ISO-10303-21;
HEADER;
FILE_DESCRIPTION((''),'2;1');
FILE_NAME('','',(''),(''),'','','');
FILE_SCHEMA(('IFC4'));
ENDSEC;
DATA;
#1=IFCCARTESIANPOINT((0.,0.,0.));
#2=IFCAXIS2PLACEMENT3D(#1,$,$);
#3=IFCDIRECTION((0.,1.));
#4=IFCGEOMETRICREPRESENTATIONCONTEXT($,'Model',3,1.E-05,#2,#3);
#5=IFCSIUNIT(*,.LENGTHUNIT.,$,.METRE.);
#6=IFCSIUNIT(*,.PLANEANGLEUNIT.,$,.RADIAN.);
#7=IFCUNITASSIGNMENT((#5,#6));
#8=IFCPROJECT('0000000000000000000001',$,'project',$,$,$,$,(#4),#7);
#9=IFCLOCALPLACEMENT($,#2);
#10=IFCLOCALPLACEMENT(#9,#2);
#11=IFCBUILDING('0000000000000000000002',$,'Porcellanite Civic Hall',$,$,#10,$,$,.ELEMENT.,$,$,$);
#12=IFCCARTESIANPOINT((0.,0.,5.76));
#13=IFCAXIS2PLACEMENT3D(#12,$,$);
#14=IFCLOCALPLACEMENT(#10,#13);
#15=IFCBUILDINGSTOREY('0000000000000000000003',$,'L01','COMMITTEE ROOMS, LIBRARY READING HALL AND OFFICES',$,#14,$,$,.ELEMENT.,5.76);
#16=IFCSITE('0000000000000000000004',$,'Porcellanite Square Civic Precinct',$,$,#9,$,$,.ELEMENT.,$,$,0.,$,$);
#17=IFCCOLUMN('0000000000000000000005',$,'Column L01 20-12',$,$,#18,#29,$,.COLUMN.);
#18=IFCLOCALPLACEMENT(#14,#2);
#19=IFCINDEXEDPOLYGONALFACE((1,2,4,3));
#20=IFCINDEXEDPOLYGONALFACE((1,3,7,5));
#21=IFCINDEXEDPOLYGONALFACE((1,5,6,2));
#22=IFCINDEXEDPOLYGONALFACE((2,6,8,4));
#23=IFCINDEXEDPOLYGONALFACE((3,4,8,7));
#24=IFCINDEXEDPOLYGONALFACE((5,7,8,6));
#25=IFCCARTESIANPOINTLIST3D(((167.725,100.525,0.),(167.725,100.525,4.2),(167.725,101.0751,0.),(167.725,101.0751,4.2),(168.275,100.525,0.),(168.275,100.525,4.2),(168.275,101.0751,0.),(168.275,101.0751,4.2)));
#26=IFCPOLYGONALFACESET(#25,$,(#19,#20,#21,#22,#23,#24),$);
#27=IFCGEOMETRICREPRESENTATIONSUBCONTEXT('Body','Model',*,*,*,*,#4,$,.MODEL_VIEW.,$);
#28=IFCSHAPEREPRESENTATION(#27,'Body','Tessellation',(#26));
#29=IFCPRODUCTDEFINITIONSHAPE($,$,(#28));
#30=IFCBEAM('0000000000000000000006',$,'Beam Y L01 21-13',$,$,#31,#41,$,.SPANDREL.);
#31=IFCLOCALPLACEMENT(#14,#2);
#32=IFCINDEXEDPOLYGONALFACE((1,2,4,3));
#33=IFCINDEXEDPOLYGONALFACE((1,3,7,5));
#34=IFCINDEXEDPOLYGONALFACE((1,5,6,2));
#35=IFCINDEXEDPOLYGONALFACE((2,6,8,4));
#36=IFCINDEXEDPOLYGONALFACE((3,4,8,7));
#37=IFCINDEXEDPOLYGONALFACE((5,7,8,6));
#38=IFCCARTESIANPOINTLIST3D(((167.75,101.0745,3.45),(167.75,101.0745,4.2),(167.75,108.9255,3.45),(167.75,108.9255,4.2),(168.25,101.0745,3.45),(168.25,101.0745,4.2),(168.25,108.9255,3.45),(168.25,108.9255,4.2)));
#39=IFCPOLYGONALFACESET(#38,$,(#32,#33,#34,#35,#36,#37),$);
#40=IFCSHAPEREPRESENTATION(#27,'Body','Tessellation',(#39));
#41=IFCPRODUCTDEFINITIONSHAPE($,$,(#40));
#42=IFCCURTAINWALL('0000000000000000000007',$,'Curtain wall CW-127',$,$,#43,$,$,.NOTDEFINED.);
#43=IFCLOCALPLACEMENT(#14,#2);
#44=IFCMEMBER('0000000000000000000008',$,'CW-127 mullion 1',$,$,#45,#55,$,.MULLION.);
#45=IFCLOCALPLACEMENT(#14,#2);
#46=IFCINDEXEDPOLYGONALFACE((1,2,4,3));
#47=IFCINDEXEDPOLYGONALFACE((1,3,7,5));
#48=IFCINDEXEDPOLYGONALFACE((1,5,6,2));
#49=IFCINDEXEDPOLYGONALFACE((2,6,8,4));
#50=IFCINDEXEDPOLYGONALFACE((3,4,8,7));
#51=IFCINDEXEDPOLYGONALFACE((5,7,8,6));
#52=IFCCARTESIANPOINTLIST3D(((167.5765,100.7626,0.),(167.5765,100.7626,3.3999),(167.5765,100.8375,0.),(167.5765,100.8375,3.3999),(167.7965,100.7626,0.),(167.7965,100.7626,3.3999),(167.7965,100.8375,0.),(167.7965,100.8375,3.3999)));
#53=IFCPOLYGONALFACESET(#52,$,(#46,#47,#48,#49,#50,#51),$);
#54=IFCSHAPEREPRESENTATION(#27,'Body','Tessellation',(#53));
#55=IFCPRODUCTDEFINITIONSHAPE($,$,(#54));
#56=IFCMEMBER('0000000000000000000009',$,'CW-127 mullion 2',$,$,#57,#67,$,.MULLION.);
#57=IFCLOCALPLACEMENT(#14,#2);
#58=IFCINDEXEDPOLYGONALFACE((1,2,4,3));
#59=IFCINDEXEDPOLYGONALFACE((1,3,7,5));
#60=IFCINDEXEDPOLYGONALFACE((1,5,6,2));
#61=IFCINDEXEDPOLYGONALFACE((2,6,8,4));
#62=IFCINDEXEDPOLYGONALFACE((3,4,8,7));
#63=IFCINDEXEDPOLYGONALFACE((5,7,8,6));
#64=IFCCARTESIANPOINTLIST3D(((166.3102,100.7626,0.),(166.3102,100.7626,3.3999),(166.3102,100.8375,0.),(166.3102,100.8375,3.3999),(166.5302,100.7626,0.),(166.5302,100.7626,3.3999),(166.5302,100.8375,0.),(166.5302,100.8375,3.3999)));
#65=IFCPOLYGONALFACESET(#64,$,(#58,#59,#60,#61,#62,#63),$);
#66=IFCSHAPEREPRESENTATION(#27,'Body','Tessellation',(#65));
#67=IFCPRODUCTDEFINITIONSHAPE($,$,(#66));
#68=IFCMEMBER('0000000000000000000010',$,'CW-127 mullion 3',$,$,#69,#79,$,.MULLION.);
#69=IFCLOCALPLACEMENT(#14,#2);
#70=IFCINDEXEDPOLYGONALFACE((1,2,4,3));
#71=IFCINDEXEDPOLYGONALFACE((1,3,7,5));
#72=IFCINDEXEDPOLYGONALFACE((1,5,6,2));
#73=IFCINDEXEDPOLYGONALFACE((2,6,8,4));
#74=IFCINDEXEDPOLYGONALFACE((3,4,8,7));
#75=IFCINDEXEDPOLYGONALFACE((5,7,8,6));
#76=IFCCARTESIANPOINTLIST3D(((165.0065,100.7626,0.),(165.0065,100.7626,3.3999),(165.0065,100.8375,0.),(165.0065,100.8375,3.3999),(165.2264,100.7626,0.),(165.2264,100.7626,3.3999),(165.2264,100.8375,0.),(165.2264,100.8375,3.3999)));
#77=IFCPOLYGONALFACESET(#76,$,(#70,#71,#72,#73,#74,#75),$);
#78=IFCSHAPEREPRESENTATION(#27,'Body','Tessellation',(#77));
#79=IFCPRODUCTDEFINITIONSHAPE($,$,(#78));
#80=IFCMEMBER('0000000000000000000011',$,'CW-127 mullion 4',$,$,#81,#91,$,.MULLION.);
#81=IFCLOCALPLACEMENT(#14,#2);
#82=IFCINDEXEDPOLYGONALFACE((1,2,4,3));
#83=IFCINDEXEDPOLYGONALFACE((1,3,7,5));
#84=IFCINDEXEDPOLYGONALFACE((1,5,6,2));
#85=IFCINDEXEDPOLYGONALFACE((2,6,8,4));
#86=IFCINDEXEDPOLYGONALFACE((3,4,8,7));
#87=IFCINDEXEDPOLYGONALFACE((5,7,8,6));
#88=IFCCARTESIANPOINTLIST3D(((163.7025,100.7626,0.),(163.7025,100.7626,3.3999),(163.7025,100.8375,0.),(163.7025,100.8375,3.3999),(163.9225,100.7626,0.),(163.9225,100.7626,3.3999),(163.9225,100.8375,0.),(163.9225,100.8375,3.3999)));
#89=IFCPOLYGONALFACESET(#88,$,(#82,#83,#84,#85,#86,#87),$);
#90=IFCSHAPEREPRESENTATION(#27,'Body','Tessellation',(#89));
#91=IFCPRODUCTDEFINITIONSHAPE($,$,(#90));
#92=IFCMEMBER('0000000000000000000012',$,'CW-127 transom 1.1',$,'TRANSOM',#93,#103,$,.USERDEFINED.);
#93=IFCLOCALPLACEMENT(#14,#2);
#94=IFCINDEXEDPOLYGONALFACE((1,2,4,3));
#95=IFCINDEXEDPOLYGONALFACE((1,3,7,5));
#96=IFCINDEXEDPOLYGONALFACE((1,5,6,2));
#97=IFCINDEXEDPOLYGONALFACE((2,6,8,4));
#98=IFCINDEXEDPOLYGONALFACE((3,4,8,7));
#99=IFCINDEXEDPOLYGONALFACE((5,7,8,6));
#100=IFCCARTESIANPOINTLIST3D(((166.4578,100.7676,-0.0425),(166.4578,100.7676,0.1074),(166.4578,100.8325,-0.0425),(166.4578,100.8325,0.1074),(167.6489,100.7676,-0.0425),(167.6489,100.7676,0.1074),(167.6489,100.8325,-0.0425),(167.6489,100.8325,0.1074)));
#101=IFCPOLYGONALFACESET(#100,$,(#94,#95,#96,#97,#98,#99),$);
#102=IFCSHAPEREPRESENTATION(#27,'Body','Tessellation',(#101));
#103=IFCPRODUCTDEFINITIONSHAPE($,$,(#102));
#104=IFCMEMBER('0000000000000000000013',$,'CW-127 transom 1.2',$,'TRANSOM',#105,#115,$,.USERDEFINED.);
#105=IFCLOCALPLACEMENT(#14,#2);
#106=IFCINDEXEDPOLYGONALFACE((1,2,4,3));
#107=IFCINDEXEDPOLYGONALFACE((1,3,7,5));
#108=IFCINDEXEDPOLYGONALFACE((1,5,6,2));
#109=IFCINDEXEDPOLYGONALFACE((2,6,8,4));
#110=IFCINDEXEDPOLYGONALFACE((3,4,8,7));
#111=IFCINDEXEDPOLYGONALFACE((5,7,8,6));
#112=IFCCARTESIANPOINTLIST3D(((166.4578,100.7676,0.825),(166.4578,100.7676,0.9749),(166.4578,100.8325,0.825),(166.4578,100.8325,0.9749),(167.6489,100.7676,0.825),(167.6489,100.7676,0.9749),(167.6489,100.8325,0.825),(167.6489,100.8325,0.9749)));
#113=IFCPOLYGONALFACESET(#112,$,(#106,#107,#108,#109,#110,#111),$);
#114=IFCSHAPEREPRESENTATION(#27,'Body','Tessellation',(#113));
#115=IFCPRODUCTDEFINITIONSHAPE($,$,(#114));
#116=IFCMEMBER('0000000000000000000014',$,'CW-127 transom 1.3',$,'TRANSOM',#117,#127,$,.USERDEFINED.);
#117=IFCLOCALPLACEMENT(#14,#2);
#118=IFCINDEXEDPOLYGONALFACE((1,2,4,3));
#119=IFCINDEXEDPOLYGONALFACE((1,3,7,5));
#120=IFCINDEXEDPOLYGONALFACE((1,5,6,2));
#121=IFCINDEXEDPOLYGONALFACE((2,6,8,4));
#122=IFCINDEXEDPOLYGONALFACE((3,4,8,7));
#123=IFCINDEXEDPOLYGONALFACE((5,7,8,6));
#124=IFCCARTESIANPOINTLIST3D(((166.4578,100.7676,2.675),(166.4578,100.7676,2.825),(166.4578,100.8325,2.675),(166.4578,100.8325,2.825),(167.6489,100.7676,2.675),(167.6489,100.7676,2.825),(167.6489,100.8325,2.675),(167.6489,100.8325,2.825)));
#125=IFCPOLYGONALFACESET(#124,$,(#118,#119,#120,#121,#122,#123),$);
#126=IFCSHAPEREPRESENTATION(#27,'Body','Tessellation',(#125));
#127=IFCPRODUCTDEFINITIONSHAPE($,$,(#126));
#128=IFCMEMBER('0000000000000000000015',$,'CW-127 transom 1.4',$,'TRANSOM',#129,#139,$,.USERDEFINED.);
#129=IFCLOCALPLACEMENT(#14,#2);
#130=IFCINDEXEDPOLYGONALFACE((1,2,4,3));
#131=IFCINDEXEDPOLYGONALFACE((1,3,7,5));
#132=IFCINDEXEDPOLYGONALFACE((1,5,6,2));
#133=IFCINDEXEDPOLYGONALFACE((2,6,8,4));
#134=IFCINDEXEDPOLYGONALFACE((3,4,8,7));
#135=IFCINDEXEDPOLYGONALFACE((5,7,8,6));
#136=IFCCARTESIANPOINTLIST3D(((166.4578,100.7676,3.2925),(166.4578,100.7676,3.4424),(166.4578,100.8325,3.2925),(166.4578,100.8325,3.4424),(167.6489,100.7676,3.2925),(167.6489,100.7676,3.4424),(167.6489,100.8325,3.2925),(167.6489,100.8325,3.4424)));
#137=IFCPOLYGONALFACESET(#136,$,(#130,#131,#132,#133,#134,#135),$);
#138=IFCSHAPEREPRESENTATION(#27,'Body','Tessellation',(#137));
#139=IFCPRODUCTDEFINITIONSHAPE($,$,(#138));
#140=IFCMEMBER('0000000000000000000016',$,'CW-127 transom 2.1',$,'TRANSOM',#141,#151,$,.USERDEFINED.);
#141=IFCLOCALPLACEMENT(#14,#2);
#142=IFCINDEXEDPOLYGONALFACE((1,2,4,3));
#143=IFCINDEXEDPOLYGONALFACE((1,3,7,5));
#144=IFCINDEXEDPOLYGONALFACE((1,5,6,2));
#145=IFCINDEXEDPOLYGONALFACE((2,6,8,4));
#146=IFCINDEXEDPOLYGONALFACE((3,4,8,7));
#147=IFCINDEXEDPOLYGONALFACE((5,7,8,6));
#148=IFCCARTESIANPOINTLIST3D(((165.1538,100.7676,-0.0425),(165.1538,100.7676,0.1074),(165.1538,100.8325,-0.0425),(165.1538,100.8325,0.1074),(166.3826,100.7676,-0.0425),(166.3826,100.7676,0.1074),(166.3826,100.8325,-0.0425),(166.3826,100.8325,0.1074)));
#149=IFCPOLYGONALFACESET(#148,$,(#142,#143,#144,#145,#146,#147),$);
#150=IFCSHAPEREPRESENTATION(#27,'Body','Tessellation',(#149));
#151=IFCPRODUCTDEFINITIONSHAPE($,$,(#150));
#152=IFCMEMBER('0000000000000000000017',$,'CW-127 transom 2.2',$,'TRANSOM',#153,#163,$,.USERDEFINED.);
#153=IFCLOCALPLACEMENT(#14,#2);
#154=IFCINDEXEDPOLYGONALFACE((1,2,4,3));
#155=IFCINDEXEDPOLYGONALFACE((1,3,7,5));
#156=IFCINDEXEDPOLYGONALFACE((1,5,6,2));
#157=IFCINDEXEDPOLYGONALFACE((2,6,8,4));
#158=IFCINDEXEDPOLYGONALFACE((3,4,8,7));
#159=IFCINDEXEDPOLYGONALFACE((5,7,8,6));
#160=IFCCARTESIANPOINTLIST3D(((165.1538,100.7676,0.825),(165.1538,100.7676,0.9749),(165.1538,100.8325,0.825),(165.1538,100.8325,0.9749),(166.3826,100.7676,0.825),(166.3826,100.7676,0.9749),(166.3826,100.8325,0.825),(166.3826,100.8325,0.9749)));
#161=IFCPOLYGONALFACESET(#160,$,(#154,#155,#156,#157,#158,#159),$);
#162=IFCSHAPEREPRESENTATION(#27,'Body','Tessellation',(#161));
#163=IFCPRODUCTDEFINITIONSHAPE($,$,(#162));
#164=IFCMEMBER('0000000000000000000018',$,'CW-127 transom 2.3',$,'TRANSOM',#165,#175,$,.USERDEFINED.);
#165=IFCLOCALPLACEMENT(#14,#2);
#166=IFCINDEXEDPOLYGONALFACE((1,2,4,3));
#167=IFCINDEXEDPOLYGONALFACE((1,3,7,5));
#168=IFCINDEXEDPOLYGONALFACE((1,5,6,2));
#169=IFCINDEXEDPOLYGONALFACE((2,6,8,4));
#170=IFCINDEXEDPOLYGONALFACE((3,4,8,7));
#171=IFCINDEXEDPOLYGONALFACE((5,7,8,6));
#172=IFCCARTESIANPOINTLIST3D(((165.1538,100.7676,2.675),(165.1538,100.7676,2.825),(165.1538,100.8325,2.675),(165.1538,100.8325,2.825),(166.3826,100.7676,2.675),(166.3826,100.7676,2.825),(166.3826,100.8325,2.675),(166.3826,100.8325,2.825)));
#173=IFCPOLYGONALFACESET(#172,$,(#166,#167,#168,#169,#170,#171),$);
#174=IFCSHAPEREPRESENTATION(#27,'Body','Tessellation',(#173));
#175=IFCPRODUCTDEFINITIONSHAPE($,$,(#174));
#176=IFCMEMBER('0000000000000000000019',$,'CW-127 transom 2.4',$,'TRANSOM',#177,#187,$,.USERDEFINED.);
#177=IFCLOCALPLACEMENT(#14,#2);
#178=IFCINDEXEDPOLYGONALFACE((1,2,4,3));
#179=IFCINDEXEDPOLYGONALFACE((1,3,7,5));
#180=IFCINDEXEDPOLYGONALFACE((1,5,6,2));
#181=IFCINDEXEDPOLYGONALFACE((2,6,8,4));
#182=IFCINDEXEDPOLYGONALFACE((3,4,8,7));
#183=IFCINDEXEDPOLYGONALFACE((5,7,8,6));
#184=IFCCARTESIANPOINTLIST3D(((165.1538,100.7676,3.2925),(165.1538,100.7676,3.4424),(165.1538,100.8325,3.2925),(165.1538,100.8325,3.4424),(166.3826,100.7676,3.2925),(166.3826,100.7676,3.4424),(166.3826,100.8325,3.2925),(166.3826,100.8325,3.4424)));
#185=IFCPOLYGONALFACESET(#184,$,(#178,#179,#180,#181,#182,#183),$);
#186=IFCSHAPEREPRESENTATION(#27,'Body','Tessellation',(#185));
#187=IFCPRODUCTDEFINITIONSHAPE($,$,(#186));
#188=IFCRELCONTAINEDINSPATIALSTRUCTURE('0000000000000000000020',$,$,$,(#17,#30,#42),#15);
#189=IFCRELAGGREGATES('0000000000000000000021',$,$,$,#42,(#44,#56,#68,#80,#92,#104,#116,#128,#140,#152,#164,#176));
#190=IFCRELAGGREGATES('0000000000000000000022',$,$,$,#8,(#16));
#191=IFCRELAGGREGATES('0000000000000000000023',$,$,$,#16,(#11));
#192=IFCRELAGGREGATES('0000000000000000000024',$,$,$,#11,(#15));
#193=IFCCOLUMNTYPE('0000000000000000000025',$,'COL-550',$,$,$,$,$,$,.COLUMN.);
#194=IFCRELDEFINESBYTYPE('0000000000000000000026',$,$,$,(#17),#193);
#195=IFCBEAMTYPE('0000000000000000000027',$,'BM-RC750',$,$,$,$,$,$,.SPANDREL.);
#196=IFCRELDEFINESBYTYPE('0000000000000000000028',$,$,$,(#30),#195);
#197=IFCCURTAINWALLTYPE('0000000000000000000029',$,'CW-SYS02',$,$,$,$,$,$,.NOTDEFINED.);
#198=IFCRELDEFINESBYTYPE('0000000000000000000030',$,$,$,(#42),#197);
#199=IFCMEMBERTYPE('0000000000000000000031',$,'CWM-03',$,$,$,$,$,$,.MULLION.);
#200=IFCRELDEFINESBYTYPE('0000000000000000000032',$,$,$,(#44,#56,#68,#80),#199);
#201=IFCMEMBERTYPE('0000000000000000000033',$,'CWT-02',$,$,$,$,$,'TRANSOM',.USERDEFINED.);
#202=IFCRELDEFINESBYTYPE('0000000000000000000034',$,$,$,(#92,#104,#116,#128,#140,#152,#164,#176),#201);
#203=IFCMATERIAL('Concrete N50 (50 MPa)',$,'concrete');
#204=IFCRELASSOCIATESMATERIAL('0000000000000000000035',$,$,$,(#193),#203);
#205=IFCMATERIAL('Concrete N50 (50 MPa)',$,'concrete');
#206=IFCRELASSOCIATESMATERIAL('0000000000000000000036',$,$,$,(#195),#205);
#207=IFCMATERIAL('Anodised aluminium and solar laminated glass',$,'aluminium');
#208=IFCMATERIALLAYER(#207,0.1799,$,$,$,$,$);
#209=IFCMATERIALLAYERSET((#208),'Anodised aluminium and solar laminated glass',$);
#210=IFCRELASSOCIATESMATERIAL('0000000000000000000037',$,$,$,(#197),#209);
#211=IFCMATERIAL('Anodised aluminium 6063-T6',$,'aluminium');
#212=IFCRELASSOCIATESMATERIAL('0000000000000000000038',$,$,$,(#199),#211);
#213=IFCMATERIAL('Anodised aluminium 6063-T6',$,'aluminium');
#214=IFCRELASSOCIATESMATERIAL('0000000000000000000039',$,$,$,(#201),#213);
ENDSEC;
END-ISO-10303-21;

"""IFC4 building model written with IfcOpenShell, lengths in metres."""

from ifc_helpers import new_model, si_unit, direction, frame, origin, origin_2d, place, context, subcontext, project, spatial, rectangle, extrude, material, layer, layer_set, material_profile, profile_set, type_object, element, aggregate, save


model = new_model("IFC4")

# Units and contexts
model_context = context("Model", 3, precision=1e-05, world=origin(), true_north=direction((0.0, 1.0)))
body_context = subcontext(model_context, "Body", "Model", "MODEL_VIEW")
ifc_project = project(units=[si_unit("LENGTHUNIT", "METRE"), si_unit("PLANEANGLEUNIT", "RADIAN")], contexts=[model_context])

# Site, building, storey
site_placement = place(None, origin())
site = spatial("IfcSite", under=ifc_project, at=site_placement, Name="Porcellanite Square Civic Precinct", CompositionType="ELEMENT", RefElevation=0.0)
building_placement = place(site_placement, origin())
building = spatial("IfcBuilding", under=site, at=building_placement, Name="Porcellanite Civic Hall", CompositionType="ELEMENT")
storey_placement = place(building_placement, frame((0.0, 0.0, 5.76)))
storey = spatial("IfcBuildingStorey", under=building, at=storey_placement, Name="L01", Description="COMMITTEE ROOMS, LIBRARY READING HALL AND OFFICES", CompositionType="ELEMENT", Elevation=5.76)

# Column
ifc_material_1 = material(Name="Concrete N50 (50 MPa)", Category="concrete")
ifc_material_profile_1 = material_profile(ifc_material_1, rectangle(XDim=0.55, YDim=0.55, at=origin_2d()), Name="RC-550x550")
ifc_profile_set_1 = profile_set([ifc_material_profile_1], Name="Concrete N50 (50 MPa)")
column_type = type_object("IfcColumnType", Name="COL-550", PredefinedType="COLUMN", material=ifc_profile_set_1)
column_placement = place(storey_placement, frame((168.0, 100.8, 0.0), z_axis=(0.0, 0.0, 1.0), x_axis=(1.0, 0.0, 0.0)))
element("IfcColumn", 1, at=column_placement, inside=storey, type_object=column_type, Name="Column L01 20-12", PredefinedType="COLUMN", context=body_context, shape_type="SweptSolid", body=[
    extrude(rectangle(XDim=0.55, YDim=0.55, at=origin_2d()), origin(), (0.0, 0.0, 1.0), 4.2),
])

# Beam
ifc_material_2 = material(Name="Concrete N50 (50 MPa)", Category="concrete")
ifc_material_profile_2 = material_profile(ifc_material_2, rectangle(XDim=0.5, YDim=0.75, at=origin_2d()), Name="RC-500x750")
ifc_profile_set_2 = profile_set([ifc_material_profile_2], Name="Concrete N50 (50 MPa)")
beam_type_1 = type_object("IfcBeamType", Name="BM-RC750", PredefinedType="SPANDREL", material=ifc_profile_set_2)
beam_1_placement = place(storey_placement, frame((168.0, 101.0745, 3.825), z_axis=(0.0, 1.0, 0.0), x_axis=(-1.0, 0.0, 0.0)))
element("IfcBeam", 2, at=beam_1_placement, inside=storey, type_object=beam_type_1, Name="Beam Y L01 21-13", PredefinedType="SPANDREL", context=body_context, shape_type="SweptSolid", body=[
    extrude(rectangle(XDim=0.5, YDim=0.75, at=origin_2d()), origin(), (0.0, 0.0, 1.0), 7.8511),
])

# Curtain wall, members
ifc_material_3 = material(Name="Anodised aluminium and solar laminated glass", Category="aluminium")
ifc_layer_1 = layer(ifc_material_3, 0.1799)
ifc_layer_set_1 = layer_set([ifc_layer_1], Name="Anodised aluminium and solar laminated glass")
curtain_wall_type = type_object("IfcCurtainWallType", Name="CW-SYS02", PredefinedType="NOTDEFINED", material=ifc_layer_set_1)
curtain_wall_placement = place(storey_placement, origin())
curtain_wall = element("IfcCurtainWall", 3, at=curtain_wall_placement, inside=storey, type_object=curtain_wall_type, Name="Curtain wall CW-127", PredefinedType="NOTDEFINED")
ifc_material_4 = material(Name="Anodised aluminium 6063-T6", Category="aluminium")
ifc_material_profile_3 = material_profile(ifc_material_4, rectangle(XDim=0.075, YDim=0.22, at=origin_2d()), Name="AL-75x220")
ifc_profile_set_3 = profile_set([ifc_material_profile_3], Name="Anodised aluminium 6063-T6")
member_type_1 = type_object("IfcMemberType", Name="CWM-03", PredefinedType="MULLION", material=ifc_profile_set_3)
member_1_placement = place(storey_placement, frame((167.6865, 100.8, 0.0), z_axis=(0.0, 0.0, 1.0), x_axis=(0.0, -1.0, 0.0)))
member_1 = element("IfcMember", 4, at=member_1_placement, type_object=member_type_1, Name="CW-127 mullion 1", PredefinedType="MULLION", context=body_context, shape_type="SweptSolid", body=[
    extrude(rectangle(XDim=0.075, YDim=0.22, at=origin_2d()), origin(), (0.0, 0.0, 1.0), 3.3999),
])
member_2_placement = place(storey_placement, frame((166.4202, 100.8, 0.0), z_axis=(0.0, 0.0, 1.0), x_axis=(0.0, -1.0, 0.0)))
member_2 = element("IfcMember", 5, at=member_2_placement, type_object=member_type_1, Name="CW-127 mullion 2", PredefinedType="MULLION", context=body_context, shape_type="SweptSolid", body=[
    extrude(rectangle(XDim=0.075, YDim=0.22, at=origin_2d()), origin(), (0.0, 0.0, 1.0), 3.3999),
])
member_3_placement = place(storey_placement, frame((165.1165, 100.8, 0.0), z_axis=(0.0, 0.0, 1.0), x_axis=(0.0, -1.0, 0.0)))
member_3 = element("IfcMember", 6, at=member_3_placement, type_object=member_type_1, Name="CW-127 mullion 3", PredefinedType="MULLION", context=body_context, shape_type="SweptSolid", body=[
    extrude(rectangle(XDim=0.075, YDim=0.22, at=origin_2d()), origin(), (0.0, 0.0, 1.0), 3.3999),
])
member_4_placement = place(storey_placement, frame((163.8125, 100.8, 0.0), z_axis=(0.0, 0.0, 1.0), x_axis=(0.0, -1.0, 0.0)))
member_4 = element("IfcMember", 7, at=member_4_placement, type_object=member_type_1, Name="CW-127 mullion 4", PredefinedType="MULLION", context=body_context, shape_type="SweptSolid", body=[
    extrude(rectangle(XDim=0.075, YDim=0.22, at=origin_2d()), origin(), (0.0, 0.0, 1.0), 3.3999),
])
ifc_material_5 = material(Name="Anodised aluminium 6063-T6", Category="aluminium")
ifc_material_profile_4 = material_profile(ifc_material_5, rectangle(XDim=0.0649, YDim=0.1499, at=origin_2d()), Name="AL-65x150")
ifc_profile_set_4 = profile_set([ifc_material_profile_4], Name="Anodised aluminium 6063-T6")
member_type_2 = type_object("IfcMemberType", Name="CWT-02", ElementType="TRANSOM", PredefinedType="USERDEFINED", material=ifc_profile_set_4)
member_5_placement = place(storey_placement, frame((167.6489, 100.8, 0.0325), z_axis=(-1.0, 0.0, 0.0), x_axis=(0.0, -1.0, 0.0)))
member_5 = element("IfcMember", 8, at=member_5_placement, type_object=member_type_2, Name="CW-127 transom 1.1", ObjectType="TRANSOM", PredefinedType="USERDEFINED", context=body_context, shape_type="SweptSolid", body=[
    extrude(rectangle(XDim=0.0649, YDim=0.1499, at=origin_2d()), origin(), (0.0, 0.0, 1.0), 1.1912),
])
member_6_placement = place(storey_placement, frame((167.6489, 100.8, 0.8999), z_axis=(-1.0, 0.0, 0.0), x_axis=(0.0, -1.0, 0.0)))
member_6 = element("IfcMember", 9, at=member_6_placement, type_object=member_type_2, Name="CW-127 transom 1.2", ObjectType="TRANSOM", PredefinedType="USERDEFINED", context=body_context, shape_type="SweptSolid", body=[
    extrude(rectangle(XDim=0.0649, YDim=0.1499, at=origin_2d()), origin(), (0.0, 0.0, 1.0), 1.1912),
])
member_7_placement = place(storey_placement, frame((167.6489, 100.8, 2.75), z_axis=(-1.0, 0.0, 0.0), x_axis=(0.0, -1.0, 0.0)))
member_7 = element("IfcMember", 10, at=member_7_placement, type_object=member_type_2, Name="CW-127 transom 1.3", ObjectType="TRANSOM", PredefinedType="USERDEFINED", context=body_context, shape_type="SweptSolid", body=[
    extrude(rectangle(XDim=0.0649, YDim=0.1499, at=origin_2d()), origin(), (0.0, 0.0, 1.0), 1.1912),
])
member_8_placement = place(storey_placement, frame((167.6489, 100.8, 3.3674), z_axis=(-1.0, 0.0, 0.0), x_axis=(0.0, -1.0, 0.0)))
member_8 = element("IfcMember", 11, at=member_8_placement, type_object=member_type_2, Name="CW-127 transom 1.4", ObjectType="TRANSOM", PredefinedType="USERDEFINED", context=body_context, shape_type="SweptSolid", body=[
    extrude(rectangle(XDim=0.0649, YDim=0.1499, at=origin_2d()), origin(), (0.0, 0.0, 1.0), 1.1912),
])
member_9_placement = place(storey_placement, frame((166.3826, 100.8, 0.0325), z_axis=(-1.0, 0.0, 0.0), x_axis=(0.0, -1.0, 0.0)))
member_9 = element("IfcMember", 12, at=member_9_placement, type_object=member_type_2, Name="CW-127 transom 2.1", ObjectType="TRANSOM", PredefinedType="USERDEFINED", context=body_context, shape_type="SweptSolid", body=[
    extrude(rectangle(XDim=0.0649, YDim=0.1499, at=origin_2d()), origin(), (0.0, 0.0, 1.0), 1.2288),
])
member_10_placement = place(storey_placement, frame((166.3826, 100.8, 0.8999), z_axis=(-1.0, 0.0, 0.0), x_axis=(0.0, -1.0, 0.0)))
member_10 = element("IfcMember", 13, at=member_10_placement, type_object=member_type_2, Name="CW-127 transom 2.2", ObjectType="TRANSOM", PredefinedType="USERDEFINED", context=body_context, shape_type="SweptSolid", body=[
    extrude(rectangle(XDim=0.0649, YDim=0.1499, at=origin_2d()), origin(), (0.0, 0.0, 1.0), 1.2288),
])
member_11_placement = place(storey_placement, frame((166.3826, 100.8, 2.75), z_axis=(-1.0, 0.0, 0.0), x_axis=(0.0, -1.0, 0.0)))
member_11 = element("IfcMember", 14, at=member_11_placement, type_object=member_type_2, Name="CW-127 transom 2.3", ObjectType="TRANSOM", PredefinedType="USERDEFINED", context=body_context, shape_type="SweptSolid", body=[
    extrude(rectangle(XDim=0.0649, YDim=0.1499, at=origin_2d()), origin(), (0.0, 0.0, 1.0), 1.2288),
])
member_12_placement = place(storey_placement, frame((166.3826, 100.8, 3.3674), z_axis=(-1.0, 0.0, 0.0), x_axis=(0.0, -1.0, 0.0)))
member_12 = element("IfcMember", 15, at=member_12_placement, type_object=member_type_2, Name="CW-127 transom 2.4", ObjectType="TRANSOM", PredefinedType="USERDEFINED", context=body_context, shape_type="SweptSolid", body=[
    extrude(rectangle(XDim=0.0649, YDim=0.1499, at=origin_2d()), origin(), (0.0, 0.0, 1.0), 1.2288),
])

aggregate(curtain_wall, [member_1, member_2, member_3, member_4, member_5, member_6, member_7, member_8, member_9, member_10, member_11, member_12])

save(model, "model.ifc")
